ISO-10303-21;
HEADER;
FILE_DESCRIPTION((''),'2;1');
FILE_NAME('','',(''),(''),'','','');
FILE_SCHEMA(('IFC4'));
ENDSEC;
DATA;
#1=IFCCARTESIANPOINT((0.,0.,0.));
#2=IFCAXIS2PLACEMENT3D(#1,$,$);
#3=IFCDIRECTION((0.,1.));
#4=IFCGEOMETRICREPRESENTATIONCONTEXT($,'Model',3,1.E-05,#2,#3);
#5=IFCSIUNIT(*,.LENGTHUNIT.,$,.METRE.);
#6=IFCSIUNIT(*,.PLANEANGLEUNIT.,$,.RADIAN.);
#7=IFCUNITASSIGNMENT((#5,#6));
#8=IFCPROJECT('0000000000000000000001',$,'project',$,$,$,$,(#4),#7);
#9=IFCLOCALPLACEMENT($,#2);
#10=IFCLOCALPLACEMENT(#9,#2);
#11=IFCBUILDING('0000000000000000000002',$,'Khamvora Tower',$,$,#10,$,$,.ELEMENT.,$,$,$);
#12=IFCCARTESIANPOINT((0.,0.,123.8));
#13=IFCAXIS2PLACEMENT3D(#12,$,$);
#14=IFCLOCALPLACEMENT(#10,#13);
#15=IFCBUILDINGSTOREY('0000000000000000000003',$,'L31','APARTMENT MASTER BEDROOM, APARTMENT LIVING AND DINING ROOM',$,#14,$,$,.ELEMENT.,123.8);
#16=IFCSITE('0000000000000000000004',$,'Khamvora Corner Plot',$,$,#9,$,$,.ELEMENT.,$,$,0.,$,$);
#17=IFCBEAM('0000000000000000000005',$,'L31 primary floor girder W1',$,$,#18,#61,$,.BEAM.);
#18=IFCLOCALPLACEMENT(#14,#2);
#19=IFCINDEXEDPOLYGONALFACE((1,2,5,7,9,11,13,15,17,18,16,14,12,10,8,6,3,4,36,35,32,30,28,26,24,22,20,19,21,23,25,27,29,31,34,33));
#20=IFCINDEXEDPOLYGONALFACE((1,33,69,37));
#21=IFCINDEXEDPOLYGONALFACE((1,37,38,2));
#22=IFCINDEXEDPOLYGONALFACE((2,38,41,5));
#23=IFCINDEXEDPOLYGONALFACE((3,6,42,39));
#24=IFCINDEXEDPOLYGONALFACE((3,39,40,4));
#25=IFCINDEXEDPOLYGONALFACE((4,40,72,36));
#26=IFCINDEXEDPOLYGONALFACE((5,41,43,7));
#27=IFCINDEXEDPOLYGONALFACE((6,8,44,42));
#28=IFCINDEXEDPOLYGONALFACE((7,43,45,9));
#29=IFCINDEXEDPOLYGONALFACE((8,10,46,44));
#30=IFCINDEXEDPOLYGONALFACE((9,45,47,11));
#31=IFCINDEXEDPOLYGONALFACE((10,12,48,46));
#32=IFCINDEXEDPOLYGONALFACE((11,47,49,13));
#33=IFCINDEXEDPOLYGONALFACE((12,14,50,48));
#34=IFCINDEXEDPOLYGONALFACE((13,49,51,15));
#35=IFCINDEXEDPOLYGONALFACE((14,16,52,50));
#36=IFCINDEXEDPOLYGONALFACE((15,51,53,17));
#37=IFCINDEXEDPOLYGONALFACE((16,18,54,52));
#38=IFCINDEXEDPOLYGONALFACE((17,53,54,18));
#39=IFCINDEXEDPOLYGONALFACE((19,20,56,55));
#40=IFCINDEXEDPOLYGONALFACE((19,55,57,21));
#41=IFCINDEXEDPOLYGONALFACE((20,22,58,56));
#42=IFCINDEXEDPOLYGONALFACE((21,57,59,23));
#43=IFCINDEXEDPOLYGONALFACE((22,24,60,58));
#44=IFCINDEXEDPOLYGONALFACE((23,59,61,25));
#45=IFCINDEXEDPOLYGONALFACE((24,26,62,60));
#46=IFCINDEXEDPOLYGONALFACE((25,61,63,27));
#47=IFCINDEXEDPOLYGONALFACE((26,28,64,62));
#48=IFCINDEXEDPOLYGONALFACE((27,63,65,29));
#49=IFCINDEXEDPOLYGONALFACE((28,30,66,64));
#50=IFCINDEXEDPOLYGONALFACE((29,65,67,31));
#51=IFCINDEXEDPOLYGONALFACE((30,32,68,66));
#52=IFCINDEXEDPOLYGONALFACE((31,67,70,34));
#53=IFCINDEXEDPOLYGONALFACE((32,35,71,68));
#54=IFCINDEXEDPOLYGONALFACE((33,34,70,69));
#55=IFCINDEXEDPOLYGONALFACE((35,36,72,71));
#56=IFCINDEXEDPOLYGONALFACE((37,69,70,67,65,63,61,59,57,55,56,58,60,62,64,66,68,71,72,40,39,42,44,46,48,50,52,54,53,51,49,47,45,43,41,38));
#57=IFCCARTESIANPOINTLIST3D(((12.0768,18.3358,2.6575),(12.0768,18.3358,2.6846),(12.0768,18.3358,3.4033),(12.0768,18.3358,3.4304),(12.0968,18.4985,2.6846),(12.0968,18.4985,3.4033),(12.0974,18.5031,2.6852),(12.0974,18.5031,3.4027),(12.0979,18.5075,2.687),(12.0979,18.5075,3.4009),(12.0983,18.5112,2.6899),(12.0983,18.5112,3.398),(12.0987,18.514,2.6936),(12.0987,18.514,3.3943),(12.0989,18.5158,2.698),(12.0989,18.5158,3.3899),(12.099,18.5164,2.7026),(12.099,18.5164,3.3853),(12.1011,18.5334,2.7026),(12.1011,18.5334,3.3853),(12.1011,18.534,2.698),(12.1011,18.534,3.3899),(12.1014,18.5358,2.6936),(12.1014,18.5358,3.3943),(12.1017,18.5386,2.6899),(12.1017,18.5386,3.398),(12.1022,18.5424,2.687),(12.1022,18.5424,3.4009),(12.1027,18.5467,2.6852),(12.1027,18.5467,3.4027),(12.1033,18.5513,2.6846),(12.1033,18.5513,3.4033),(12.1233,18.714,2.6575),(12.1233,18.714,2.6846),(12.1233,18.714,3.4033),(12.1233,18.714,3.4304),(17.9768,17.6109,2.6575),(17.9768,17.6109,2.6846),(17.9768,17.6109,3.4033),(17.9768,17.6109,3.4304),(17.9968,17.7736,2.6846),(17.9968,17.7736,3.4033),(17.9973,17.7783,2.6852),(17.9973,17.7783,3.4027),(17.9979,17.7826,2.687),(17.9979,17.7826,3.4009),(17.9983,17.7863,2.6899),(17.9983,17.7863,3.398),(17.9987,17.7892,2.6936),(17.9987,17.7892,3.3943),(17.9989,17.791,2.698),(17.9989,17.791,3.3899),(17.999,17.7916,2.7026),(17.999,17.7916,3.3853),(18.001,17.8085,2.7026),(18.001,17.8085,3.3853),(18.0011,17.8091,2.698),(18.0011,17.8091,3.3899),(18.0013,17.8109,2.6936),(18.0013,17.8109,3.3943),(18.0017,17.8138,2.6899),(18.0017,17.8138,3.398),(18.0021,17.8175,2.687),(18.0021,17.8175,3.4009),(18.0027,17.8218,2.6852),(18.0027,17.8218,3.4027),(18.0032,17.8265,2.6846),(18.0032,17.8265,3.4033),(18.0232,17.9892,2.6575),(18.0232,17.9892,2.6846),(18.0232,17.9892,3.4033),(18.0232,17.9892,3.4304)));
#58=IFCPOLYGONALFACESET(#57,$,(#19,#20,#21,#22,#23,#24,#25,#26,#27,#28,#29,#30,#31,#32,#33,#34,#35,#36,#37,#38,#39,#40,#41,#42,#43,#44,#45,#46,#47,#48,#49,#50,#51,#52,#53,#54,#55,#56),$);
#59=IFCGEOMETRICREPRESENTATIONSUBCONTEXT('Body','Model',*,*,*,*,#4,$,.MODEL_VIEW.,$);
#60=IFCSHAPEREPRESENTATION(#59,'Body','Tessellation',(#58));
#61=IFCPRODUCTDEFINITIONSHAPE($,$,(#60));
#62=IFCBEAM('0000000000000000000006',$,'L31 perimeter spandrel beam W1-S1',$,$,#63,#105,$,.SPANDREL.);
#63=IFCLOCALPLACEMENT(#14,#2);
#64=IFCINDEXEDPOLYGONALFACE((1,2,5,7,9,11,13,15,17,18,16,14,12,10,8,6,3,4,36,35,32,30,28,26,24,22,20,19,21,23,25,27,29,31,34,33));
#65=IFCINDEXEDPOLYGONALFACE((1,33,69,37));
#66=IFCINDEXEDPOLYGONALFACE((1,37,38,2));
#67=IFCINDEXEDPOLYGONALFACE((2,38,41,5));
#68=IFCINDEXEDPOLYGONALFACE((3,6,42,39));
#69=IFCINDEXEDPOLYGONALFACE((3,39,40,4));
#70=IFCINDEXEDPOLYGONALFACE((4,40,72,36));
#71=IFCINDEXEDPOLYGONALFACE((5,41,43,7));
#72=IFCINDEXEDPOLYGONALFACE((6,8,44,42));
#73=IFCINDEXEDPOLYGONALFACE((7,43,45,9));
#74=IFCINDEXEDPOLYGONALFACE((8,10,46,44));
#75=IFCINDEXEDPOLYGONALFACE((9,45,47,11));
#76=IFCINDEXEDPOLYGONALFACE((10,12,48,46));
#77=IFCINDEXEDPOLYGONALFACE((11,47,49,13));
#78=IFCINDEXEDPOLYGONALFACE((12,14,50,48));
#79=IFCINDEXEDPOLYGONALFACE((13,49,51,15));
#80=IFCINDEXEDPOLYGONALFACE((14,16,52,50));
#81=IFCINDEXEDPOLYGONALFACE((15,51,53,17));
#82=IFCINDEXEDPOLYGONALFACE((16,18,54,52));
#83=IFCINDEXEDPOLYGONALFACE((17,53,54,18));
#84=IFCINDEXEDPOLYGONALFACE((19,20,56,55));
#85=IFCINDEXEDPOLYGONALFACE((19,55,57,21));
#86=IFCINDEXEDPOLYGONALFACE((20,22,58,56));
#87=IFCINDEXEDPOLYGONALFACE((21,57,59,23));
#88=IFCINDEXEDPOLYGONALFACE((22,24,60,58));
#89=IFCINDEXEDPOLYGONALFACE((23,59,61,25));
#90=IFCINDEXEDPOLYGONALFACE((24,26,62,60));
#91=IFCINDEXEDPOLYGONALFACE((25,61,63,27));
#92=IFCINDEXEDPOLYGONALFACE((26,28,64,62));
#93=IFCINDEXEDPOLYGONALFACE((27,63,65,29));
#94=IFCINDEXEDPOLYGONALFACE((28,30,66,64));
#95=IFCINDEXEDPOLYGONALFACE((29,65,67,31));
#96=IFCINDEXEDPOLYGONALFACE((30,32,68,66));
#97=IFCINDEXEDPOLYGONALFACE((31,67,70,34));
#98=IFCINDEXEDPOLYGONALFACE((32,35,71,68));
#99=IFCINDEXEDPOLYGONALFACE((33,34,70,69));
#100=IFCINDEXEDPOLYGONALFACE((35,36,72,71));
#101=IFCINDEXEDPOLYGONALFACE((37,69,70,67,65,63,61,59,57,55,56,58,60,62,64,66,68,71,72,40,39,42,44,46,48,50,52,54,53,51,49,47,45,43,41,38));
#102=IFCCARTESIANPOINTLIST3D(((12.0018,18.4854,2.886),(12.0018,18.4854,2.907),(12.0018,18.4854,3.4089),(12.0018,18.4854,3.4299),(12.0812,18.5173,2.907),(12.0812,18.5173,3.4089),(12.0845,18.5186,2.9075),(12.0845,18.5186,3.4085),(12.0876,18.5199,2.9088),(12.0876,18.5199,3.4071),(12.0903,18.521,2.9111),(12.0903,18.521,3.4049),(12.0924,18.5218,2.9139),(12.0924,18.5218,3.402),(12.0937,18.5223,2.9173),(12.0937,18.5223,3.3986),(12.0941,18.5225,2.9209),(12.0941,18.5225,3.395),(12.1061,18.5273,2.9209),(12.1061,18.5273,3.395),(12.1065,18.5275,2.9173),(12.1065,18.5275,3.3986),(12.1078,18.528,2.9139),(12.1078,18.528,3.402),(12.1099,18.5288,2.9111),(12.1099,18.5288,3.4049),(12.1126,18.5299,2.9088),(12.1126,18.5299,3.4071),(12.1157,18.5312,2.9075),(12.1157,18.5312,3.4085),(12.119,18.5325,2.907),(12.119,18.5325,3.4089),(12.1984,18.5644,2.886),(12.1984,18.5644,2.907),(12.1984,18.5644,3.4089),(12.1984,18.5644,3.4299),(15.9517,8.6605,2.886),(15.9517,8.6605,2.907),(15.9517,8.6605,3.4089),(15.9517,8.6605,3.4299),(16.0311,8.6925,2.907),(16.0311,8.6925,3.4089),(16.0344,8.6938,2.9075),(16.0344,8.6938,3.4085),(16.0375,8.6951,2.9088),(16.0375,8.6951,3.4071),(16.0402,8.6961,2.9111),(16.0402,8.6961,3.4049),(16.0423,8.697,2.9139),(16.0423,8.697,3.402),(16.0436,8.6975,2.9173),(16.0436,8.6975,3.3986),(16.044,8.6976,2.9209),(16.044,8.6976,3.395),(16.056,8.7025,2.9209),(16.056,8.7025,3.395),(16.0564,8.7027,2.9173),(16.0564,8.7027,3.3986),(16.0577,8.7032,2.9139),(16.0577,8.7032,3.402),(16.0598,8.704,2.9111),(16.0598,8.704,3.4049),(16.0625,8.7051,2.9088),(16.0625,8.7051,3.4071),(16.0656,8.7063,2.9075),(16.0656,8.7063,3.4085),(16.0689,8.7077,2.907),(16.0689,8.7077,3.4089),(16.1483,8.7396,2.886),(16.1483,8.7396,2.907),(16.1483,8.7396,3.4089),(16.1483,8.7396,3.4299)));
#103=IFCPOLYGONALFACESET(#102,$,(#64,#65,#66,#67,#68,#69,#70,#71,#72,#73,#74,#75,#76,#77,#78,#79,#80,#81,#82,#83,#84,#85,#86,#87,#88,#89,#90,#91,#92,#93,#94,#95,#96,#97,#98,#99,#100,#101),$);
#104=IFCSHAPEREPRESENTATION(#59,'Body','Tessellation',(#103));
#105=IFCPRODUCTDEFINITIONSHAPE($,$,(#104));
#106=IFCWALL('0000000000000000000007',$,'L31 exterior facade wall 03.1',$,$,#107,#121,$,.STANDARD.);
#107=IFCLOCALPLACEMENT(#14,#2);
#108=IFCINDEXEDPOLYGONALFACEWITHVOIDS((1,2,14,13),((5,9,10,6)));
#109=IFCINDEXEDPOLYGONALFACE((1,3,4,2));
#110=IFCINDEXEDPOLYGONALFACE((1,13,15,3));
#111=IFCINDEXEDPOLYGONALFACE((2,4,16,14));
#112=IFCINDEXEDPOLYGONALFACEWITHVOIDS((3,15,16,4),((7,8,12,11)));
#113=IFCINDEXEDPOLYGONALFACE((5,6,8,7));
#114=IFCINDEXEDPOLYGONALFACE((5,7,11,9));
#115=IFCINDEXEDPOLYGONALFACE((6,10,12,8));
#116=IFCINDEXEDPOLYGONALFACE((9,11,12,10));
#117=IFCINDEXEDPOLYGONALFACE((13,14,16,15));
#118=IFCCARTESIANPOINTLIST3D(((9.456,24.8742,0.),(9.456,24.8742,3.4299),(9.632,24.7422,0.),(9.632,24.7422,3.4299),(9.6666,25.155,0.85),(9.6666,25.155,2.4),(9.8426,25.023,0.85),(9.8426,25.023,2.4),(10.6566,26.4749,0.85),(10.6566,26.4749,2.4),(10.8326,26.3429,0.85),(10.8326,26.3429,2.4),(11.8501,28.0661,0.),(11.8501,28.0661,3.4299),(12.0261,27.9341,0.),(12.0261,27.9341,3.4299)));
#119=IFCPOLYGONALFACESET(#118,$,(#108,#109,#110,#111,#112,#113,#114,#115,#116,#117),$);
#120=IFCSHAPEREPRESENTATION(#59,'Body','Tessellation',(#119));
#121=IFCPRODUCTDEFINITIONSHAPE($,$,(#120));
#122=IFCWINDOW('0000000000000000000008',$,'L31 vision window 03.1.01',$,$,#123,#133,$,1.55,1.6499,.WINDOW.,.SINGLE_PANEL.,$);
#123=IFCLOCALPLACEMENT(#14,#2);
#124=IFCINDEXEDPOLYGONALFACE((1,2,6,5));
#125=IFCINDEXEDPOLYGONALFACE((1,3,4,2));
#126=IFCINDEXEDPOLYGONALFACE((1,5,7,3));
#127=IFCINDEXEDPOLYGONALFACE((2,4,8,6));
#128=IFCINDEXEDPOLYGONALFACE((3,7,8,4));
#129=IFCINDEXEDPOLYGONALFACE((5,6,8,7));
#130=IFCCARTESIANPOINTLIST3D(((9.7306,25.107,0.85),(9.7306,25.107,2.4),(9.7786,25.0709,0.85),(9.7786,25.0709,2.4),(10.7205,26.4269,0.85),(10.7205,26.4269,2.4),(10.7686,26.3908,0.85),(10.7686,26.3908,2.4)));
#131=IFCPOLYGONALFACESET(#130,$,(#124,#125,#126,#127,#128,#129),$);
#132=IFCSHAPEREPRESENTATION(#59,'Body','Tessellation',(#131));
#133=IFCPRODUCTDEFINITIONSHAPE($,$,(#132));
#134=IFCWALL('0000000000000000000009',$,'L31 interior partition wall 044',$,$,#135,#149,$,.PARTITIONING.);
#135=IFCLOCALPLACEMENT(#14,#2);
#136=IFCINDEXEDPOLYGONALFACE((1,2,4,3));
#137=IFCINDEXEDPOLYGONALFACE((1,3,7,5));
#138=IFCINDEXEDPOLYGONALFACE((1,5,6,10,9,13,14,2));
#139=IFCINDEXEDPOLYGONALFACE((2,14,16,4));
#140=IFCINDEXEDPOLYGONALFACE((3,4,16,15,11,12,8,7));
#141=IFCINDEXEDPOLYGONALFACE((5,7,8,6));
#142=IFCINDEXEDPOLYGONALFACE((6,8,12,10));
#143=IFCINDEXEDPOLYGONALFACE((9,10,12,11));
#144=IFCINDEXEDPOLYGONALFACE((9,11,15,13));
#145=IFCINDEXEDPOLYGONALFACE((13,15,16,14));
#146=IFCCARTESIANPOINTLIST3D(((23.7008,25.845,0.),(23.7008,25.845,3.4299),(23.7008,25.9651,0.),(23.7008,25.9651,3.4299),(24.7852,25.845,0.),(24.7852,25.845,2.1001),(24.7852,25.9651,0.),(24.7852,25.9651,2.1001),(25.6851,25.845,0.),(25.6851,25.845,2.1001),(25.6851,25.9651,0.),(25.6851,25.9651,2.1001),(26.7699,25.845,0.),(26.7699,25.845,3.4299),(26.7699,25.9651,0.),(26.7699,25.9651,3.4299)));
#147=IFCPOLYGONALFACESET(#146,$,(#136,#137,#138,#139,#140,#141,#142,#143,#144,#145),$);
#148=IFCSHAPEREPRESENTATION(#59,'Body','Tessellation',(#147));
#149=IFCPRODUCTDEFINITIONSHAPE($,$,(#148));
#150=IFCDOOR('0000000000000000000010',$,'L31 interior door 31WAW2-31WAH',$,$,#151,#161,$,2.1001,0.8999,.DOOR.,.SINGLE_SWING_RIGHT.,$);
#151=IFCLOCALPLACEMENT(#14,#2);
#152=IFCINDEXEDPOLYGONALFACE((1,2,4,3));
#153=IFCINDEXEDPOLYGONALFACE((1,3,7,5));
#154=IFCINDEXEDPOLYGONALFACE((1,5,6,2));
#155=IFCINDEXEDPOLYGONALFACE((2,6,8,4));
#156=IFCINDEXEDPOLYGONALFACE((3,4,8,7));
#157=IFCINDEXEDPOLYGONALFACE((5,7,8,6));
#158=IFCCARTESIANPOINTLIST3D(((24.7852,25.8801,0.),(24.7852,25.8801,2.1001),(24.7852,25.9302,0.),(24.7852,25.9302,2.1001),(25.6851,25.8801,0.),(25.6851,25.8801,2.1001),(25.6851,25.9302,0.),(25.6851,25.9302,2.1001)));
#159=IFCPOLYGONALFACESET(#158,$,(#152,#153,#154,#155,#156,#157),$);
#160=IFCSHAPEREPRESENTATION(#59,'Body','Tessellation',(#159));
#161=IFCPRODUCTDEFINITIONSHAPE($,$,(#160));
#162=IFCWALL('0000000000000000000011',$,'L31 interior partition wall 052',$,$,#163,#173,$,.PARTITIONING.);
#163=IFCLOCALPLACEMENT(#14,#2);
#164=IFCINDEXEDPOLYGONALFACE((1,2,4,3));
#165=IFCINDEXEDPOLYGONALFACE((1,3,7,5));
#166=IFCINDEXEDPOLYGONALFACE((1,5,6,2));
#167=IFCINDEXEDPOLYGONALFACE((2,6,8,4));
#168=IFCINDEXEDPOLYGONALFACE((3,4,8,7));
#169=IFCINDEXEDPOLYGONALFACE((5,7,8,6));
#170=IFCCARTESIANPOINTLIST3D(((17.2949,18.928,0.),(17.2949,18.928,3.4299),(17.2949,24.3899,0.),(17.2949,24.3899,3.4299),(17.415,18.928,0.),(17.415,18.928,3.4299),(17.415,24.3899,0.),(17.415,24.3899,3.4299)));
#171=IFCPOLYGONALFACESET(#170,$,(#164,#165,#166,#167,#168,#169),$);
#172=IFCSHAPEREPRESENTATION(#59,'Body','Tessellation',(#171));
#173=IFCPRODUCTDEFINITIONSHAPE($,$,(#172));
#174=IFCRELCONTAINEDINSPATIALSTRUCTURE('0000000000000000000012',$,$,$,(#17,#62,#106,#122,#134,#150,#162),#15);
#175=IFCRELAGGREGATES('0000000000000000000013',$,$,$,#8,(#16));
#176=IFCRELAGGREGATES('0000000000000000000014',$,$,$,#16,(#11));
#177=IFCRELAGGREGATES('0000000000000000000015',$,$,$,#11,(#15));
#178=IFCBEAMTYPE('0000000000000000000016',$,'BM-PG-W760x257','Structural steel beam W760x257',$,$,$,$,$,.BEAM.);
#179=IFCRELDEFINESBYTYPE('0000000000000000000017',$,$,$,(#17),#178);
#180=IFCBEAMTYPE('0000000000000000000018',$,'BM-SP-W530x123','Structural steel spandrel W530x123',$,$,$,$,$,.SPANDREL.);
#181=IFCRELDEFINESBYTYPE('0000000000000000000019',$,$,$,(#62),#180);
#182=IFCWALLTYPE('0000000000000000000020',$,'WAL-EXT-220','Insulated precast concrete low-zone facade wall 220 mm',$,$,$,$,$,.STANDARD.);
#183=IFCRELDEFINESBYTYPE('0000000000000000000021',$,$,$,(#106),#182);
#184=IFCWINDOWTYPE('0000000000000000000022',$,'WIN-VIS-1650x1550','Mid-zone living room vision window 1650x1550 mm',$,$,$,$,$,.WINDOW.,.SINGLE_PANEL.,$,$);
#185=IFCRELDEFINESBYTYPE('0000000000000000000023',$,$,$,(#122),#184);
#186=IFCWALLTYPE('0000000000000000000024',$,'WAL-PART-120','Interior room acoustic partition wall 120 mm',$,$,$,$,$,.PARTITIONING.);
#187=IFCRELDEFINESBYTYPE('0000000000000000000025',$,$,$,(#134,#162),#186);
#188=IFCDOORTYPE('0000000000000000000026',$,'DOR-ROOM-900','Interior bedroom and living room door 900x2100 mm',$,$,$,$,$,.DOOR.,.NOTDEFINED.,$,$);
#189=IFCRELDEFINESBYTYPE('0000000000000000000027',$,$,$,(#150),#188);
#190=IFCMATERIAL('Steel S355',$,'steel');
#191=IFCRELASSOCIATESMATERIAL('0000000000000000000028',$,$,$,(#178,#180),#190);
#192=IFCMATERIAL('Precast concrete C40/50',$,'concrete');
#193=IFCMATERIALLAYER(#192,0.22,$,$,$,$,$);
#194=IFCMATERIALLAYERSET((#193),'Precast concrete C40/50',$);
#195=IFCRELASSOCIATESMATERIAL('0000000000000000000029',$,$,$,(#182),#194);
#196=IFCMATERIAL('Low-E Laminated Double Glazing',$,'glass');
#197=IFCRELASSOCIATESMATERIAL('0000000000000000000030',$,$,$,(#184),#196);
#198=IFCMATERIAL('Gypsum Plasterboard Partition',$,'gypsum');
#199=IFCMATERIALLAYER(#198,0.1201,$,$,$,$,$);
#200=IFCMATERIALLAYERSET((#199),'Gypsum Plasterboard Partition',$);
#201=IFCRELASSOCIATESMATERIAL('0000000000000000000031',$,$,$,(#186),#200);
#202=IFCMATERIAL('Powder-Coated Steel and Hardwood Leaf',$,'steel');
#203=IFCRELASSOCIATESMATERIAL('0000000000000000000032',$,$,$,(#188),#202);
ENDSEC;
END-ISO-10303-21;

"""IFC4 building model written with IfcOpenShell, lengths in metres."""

from ifc_helpers import new_model, si_unit, direction, frame, frame_2d, origin, origin_2d, place, context, subcontext, project, spatial, rectangle, i_section, extrude, material, layer, layer_set, material_profile, profile_set, type_object, element, fill, save


model = new_model("IFC4")

# Units and contexts
model_context = context("Model", 3, precision=1e-05, world=origin(), true_north=direction((0.0, 1.0)))
body_context = subcontext(model_context, "Body", "Model", "MODEL_VIEW")
ifc_project = project(units=[si_unit("LENGTHUNIT", "METRE"), si_unit("PLANEANGLEUNIT", "RADIAN")], contexts=[model_context])

# Site, building, storey
site_placement = place(None, origin())
site = spatial("IfcSite", under=ifc_project, at=site_placement, Name="Khamvora Corner Plot", CompositionType="ELEMENT", RefElevation=0.0)
building_placement = place(site_placement, origin())
building = spatial("IfcBuilding", under=site, at=building_placement, Name="Khamvora Tower", CompositionType="ELEMENT")
storey_placement = place(building_placement, frame((0.0, 0.0, 123.8)))
storey = spatial("IfcBuildingStorey", under=building, at=storey_placement, Name="L31", Description="APARTMENT MASTER BEDROOM, APARTMENT LIVING AND DINING ROOM", CompositionType="ELEMENT", Elevation=123.8)

# Shared definitions
ifc_material_1 = material(Name="Steel S355", Category="steel")

# Beams
ifc_material_profile_1 = material_profile(ifc_material_1, i_section(OverallWidth=0.3811, OverallDepth=0.7729, WebThickness=0.0171, FlangeThickness=0.0271, FilletRadius=0.0181, at=origin_2d()), Name="W760x257")
ifc_profile_set_1 = profile_set([ifc_material_profile_1], Name="Steel S355")
beam_type_1 = type_object("IfcBeamType", Name="BM-PG-W760x257", Description="Structural steel beam W760x257", PredefinedType="BEAM", material=ifc_profile_set_1)
beam_1_placement = place(storey_placement, frame((18.0, 17.8, 3.0439), z_axis=(-0.992537, 0.121942, 0.0), x_axis=(-0.121942, -0.992537, 0.0)))
element("IfcBeam", 1, at=beam_1_placement, inside=storey, type_object=beam_type_1, Name="L31 primary floor girder W1", PredefinedType="BEAM", context=body_context, shape_type="SweptSolid", body=[
    extrude(i_section(OverallWidth=0.3811, OverallDepth=0.7729, WebThickness=0.0171, FlangeThickness=0.0271, FilletRadius=0.0181, at=origin_2d()), origin(), (0.0, 0.0, 1.0), 5.9443),
])
ifc_material_profile_2 = material_profile(ifc_material_1, i_section(OverallWidth=0.2119, OverallDepth=0.5439, WebThickness=0.0129, FlangeThickness=0.021, FilletRadius=0.0139, at=origin_2d()), Name="W530x123")
ifc_profile_set_2 = profile_set([ifc_material_profile_2], Name="Steel S355")
beam_type_2 = type_object("IfcBeamType", Name="BM-SP-W530x123", Description="Structural steel spandrel W530x123", PredefinedType="SPANDREL", material=ifc_profile_set_2)
beam_2_placement = place(storey_placement, frame((12.1001, 18.5249, 3.158), z_axis=(0.373016, -0.927825, 0.0), x_axis=(0.927825, 0.373016, 0.0)))
element("IfcBeam", 2, at=beam_2_placement, inside=storey, type_object=beam_type_2, Name="L31 perimeter spandrel beam W1-S1", PredefinedType="SPANDREL", context=body_context, shape_type="SweptSolid", body=[
    extrude(i_section(OverallWidth=0.2119, OverallDepth=0.5439, WebThickness=0.0129, FlangeThickness=0.021, FilletRadius=0.0139, at=origin_2d()), origin(), (0.0, 0.0, 1.0), 10.5891),
])

# Wall, opening, window
ifc_material_2 = material(Name="Precast concrete C40/50", Category="concrete")
ifc_layer_1 = layer(ifc_material_2, 0.22)
ifc_layer_set_1 = layer_set([ifc_layer_1], Name="Precast concrete C40/50")
wall_type_1 = type_object("IfcWallType", Name="WAL-EXT-220", Description="Insulated precast concrete low-zone facade wall 220 mm", PredefinedType="STANDARD", material=ifc_layer_set_1)
wall_1_placement = place(storey_placement, frame((9.5439, 24.8081, 0.0), z_axis=(0.0, 0.0, 1.0), x_axis=(0.60002, 0.799985, 0.0)))
wall_1 = element("IfcWall", 3, at=wall_1_placement, inside=storey, type_object=wall_type_1, Name="L31 exterior facade wall 03.1", PredefinedType="STANDARD", context=body_context, shape_type="SweptSolid", body=[
    extrude(rectangle(XDim=3.99, YDim=0.22, at=frame_2d((1.9951, 0.0))), origin(), (0.0, 0.0, 1.0), 3.4299),
])
opening_1_placement = place(wall_1_placement, frame((0.3511, 0.0, 0.8501)))
opening_1 = element("IfcOpeningElement", 4, at=opening_1_placement, cuts=wall_1, PredefinedType="OPENING", context=body_context, shape_type="SweptSolid", body=[
    extrude(rectangle(XDim=1.6499, YDim=1.55, at=frame_2d((0.825, 0.7749))), frame((0.0, 0.1199, 0.0), z_axis=(0.0, -1.0, 0.0), x_axis=(1.0, 0.0, 0.0)), (0.0, 0.0, 1.0), 0.24),
])
ifc_material_3 = material(Name="Low-E Laminated Double Glazing", Category="glass")
window_type = type_object("IfcWindowType", Name="WIN-VIS-1650x1550", Description="Mid-zone living room vision window 1650x1550 mm", PartitioningType="SINGLE_PANEL", PredefinedType="WINDOW", material=ifc_material_3)
window_placement = place(opening_1_placement, origin())
window = element("IfcWindow", 5, at=window_placement, inside=storey, type_object=window_type, Name="L31 vision window 03.1.01", OverallHeight=1.55, OverallWidth=1.6499, PartitioningType="SINGLE_PANEL", PredefinedType="WINDOW", context=body_context, shape_type="SweptSolid", body=[
    extrude(rectangle(XDim=1.6499, YDim=1.55, at=frame_2d((0.825, 0.7749))), frame((0.0, 0.03, 0.0), z_axis=(0.0, -1.0, 0.0), x_axis=(1.0, 0.0, 0.0)), (0.0, 0.0, 1.0), 0.0601),
])
fill(opening_1, window)

# Wall, opening, door
ifc_material_4 = material(Name="Gypsum Plasterboard Partition", Category="gypsum")
ifc_layer_2 = layer(ifc_material_4, 0.1201)
ifc_layer_set_2 = layer_set([ifc_layer_2], Name="Gypsum Plasterboard Partition")
wall_type_2 = type_object("IfcWallType", Name="WAL-PART-120", Description="Interior room acoustic partition wall 120 mm", PredefinedType="PARTITIONING", material=ifc_layer_set_2)
wall_2_placement = place(storey_placement, frame((26.77, 25.905, 0.0), z_axis=(0.0, 0.0, 1.0), x_axis=(-1.0, 0.0, 0.0)))
wall_2 = element("IfcWall", 6, at=wall_2_placement, inside=storey, type_object=wall_type_2, Name="L31 interior partition wall 044", PredefinedType="PARTITIONING", context=body_context, shape_type="SweptSolid", body=[
    extrude(rectangle(XDim=3.0691, YDim=0.1201, at=frame_2d((1.5347, 0.0))), origin(), (0.0, 0.0, 1.0), 3.4299),
])
opening_2_placement = place(wall_2_placement, frame((1.085, 0.0, 0.0)))
opening_2 = element("IfcOpeningElement", 7, at=opening_2_placement, cuts=wall_2, PredefinedType="OPENING", context=body_context, shape_type="SweptSolid", body=[
    extrude(rectangle(XDim=0.8999, YDim=2.1001, at=frame_2d((0.45, 1.05))), frame((0.0, 0.0701, 0.0), z_axis=(0.0, -1.0, 0.0), x_axis=(1.0, 0.0, 0.0)), (0.0, 0.0, 1.0), 0.1401),
])
ifc_material_5 = material(Name="Powder-Coated Steel and Hardwood Leaf", Category="steel")
door_type_1 = type_object("IfcDoorType", Name="DOR-ROOM-900", Description="Interior bedroom and living room door 900x2100 mm", OperationType="NOTDEFINED", PredefinedType="DOOR", material=ifc_material_5)
door_1_placement = place(opening_2_placement, origin())
door_1 = element("IfcDoor", 8, at=door_1_placement, inside=storey, type_object=door_type_1, Name="L31 interior door 31WAW2-31WAH", OperationType="SINGLE_SWING_RIGHT", OverallHeight=2.1001, OverallWidth=0.8999, PredefinedType="DOOR", context=body_context, shape_type="SweptSolid", body=[
    extrude(rectangle(XDim=0.8999, YDim=2.1001, at=frame_2d((0.45, 1.05))), frame((0.0, 0.0249, 0.0), z_axis=(0.0, -1.0, 0.0), x_axis=(1.0, 0.0, 0.0)), (0.0, 0.0, 1.0), 0.05),
])
fill(opening_2, door_1)

# Wall
wall_3_placement = place(storey_placement, frame((17.355, 18.928, 0.0), z_axis=(0.0, 0.0, 1.0), x_axis=(0.0, 1.0, 0.0)))
element("IfcWall", 9, at=wall_3_placement, inside=storey, type_object=wall_type_2, Name="L31 interior partition wall 052", PredefinedType="PARTITIONING", context=body_context, shape_type="SweptSolid", body=[
    extrude(rectangle(XDim=5.4619, YDim=0.1201, at=frame_2d((2.731, 0.0))), origin(), (0.0, 0.0, 1.0), 3.4299),
])

save(model, "model.ifc")
